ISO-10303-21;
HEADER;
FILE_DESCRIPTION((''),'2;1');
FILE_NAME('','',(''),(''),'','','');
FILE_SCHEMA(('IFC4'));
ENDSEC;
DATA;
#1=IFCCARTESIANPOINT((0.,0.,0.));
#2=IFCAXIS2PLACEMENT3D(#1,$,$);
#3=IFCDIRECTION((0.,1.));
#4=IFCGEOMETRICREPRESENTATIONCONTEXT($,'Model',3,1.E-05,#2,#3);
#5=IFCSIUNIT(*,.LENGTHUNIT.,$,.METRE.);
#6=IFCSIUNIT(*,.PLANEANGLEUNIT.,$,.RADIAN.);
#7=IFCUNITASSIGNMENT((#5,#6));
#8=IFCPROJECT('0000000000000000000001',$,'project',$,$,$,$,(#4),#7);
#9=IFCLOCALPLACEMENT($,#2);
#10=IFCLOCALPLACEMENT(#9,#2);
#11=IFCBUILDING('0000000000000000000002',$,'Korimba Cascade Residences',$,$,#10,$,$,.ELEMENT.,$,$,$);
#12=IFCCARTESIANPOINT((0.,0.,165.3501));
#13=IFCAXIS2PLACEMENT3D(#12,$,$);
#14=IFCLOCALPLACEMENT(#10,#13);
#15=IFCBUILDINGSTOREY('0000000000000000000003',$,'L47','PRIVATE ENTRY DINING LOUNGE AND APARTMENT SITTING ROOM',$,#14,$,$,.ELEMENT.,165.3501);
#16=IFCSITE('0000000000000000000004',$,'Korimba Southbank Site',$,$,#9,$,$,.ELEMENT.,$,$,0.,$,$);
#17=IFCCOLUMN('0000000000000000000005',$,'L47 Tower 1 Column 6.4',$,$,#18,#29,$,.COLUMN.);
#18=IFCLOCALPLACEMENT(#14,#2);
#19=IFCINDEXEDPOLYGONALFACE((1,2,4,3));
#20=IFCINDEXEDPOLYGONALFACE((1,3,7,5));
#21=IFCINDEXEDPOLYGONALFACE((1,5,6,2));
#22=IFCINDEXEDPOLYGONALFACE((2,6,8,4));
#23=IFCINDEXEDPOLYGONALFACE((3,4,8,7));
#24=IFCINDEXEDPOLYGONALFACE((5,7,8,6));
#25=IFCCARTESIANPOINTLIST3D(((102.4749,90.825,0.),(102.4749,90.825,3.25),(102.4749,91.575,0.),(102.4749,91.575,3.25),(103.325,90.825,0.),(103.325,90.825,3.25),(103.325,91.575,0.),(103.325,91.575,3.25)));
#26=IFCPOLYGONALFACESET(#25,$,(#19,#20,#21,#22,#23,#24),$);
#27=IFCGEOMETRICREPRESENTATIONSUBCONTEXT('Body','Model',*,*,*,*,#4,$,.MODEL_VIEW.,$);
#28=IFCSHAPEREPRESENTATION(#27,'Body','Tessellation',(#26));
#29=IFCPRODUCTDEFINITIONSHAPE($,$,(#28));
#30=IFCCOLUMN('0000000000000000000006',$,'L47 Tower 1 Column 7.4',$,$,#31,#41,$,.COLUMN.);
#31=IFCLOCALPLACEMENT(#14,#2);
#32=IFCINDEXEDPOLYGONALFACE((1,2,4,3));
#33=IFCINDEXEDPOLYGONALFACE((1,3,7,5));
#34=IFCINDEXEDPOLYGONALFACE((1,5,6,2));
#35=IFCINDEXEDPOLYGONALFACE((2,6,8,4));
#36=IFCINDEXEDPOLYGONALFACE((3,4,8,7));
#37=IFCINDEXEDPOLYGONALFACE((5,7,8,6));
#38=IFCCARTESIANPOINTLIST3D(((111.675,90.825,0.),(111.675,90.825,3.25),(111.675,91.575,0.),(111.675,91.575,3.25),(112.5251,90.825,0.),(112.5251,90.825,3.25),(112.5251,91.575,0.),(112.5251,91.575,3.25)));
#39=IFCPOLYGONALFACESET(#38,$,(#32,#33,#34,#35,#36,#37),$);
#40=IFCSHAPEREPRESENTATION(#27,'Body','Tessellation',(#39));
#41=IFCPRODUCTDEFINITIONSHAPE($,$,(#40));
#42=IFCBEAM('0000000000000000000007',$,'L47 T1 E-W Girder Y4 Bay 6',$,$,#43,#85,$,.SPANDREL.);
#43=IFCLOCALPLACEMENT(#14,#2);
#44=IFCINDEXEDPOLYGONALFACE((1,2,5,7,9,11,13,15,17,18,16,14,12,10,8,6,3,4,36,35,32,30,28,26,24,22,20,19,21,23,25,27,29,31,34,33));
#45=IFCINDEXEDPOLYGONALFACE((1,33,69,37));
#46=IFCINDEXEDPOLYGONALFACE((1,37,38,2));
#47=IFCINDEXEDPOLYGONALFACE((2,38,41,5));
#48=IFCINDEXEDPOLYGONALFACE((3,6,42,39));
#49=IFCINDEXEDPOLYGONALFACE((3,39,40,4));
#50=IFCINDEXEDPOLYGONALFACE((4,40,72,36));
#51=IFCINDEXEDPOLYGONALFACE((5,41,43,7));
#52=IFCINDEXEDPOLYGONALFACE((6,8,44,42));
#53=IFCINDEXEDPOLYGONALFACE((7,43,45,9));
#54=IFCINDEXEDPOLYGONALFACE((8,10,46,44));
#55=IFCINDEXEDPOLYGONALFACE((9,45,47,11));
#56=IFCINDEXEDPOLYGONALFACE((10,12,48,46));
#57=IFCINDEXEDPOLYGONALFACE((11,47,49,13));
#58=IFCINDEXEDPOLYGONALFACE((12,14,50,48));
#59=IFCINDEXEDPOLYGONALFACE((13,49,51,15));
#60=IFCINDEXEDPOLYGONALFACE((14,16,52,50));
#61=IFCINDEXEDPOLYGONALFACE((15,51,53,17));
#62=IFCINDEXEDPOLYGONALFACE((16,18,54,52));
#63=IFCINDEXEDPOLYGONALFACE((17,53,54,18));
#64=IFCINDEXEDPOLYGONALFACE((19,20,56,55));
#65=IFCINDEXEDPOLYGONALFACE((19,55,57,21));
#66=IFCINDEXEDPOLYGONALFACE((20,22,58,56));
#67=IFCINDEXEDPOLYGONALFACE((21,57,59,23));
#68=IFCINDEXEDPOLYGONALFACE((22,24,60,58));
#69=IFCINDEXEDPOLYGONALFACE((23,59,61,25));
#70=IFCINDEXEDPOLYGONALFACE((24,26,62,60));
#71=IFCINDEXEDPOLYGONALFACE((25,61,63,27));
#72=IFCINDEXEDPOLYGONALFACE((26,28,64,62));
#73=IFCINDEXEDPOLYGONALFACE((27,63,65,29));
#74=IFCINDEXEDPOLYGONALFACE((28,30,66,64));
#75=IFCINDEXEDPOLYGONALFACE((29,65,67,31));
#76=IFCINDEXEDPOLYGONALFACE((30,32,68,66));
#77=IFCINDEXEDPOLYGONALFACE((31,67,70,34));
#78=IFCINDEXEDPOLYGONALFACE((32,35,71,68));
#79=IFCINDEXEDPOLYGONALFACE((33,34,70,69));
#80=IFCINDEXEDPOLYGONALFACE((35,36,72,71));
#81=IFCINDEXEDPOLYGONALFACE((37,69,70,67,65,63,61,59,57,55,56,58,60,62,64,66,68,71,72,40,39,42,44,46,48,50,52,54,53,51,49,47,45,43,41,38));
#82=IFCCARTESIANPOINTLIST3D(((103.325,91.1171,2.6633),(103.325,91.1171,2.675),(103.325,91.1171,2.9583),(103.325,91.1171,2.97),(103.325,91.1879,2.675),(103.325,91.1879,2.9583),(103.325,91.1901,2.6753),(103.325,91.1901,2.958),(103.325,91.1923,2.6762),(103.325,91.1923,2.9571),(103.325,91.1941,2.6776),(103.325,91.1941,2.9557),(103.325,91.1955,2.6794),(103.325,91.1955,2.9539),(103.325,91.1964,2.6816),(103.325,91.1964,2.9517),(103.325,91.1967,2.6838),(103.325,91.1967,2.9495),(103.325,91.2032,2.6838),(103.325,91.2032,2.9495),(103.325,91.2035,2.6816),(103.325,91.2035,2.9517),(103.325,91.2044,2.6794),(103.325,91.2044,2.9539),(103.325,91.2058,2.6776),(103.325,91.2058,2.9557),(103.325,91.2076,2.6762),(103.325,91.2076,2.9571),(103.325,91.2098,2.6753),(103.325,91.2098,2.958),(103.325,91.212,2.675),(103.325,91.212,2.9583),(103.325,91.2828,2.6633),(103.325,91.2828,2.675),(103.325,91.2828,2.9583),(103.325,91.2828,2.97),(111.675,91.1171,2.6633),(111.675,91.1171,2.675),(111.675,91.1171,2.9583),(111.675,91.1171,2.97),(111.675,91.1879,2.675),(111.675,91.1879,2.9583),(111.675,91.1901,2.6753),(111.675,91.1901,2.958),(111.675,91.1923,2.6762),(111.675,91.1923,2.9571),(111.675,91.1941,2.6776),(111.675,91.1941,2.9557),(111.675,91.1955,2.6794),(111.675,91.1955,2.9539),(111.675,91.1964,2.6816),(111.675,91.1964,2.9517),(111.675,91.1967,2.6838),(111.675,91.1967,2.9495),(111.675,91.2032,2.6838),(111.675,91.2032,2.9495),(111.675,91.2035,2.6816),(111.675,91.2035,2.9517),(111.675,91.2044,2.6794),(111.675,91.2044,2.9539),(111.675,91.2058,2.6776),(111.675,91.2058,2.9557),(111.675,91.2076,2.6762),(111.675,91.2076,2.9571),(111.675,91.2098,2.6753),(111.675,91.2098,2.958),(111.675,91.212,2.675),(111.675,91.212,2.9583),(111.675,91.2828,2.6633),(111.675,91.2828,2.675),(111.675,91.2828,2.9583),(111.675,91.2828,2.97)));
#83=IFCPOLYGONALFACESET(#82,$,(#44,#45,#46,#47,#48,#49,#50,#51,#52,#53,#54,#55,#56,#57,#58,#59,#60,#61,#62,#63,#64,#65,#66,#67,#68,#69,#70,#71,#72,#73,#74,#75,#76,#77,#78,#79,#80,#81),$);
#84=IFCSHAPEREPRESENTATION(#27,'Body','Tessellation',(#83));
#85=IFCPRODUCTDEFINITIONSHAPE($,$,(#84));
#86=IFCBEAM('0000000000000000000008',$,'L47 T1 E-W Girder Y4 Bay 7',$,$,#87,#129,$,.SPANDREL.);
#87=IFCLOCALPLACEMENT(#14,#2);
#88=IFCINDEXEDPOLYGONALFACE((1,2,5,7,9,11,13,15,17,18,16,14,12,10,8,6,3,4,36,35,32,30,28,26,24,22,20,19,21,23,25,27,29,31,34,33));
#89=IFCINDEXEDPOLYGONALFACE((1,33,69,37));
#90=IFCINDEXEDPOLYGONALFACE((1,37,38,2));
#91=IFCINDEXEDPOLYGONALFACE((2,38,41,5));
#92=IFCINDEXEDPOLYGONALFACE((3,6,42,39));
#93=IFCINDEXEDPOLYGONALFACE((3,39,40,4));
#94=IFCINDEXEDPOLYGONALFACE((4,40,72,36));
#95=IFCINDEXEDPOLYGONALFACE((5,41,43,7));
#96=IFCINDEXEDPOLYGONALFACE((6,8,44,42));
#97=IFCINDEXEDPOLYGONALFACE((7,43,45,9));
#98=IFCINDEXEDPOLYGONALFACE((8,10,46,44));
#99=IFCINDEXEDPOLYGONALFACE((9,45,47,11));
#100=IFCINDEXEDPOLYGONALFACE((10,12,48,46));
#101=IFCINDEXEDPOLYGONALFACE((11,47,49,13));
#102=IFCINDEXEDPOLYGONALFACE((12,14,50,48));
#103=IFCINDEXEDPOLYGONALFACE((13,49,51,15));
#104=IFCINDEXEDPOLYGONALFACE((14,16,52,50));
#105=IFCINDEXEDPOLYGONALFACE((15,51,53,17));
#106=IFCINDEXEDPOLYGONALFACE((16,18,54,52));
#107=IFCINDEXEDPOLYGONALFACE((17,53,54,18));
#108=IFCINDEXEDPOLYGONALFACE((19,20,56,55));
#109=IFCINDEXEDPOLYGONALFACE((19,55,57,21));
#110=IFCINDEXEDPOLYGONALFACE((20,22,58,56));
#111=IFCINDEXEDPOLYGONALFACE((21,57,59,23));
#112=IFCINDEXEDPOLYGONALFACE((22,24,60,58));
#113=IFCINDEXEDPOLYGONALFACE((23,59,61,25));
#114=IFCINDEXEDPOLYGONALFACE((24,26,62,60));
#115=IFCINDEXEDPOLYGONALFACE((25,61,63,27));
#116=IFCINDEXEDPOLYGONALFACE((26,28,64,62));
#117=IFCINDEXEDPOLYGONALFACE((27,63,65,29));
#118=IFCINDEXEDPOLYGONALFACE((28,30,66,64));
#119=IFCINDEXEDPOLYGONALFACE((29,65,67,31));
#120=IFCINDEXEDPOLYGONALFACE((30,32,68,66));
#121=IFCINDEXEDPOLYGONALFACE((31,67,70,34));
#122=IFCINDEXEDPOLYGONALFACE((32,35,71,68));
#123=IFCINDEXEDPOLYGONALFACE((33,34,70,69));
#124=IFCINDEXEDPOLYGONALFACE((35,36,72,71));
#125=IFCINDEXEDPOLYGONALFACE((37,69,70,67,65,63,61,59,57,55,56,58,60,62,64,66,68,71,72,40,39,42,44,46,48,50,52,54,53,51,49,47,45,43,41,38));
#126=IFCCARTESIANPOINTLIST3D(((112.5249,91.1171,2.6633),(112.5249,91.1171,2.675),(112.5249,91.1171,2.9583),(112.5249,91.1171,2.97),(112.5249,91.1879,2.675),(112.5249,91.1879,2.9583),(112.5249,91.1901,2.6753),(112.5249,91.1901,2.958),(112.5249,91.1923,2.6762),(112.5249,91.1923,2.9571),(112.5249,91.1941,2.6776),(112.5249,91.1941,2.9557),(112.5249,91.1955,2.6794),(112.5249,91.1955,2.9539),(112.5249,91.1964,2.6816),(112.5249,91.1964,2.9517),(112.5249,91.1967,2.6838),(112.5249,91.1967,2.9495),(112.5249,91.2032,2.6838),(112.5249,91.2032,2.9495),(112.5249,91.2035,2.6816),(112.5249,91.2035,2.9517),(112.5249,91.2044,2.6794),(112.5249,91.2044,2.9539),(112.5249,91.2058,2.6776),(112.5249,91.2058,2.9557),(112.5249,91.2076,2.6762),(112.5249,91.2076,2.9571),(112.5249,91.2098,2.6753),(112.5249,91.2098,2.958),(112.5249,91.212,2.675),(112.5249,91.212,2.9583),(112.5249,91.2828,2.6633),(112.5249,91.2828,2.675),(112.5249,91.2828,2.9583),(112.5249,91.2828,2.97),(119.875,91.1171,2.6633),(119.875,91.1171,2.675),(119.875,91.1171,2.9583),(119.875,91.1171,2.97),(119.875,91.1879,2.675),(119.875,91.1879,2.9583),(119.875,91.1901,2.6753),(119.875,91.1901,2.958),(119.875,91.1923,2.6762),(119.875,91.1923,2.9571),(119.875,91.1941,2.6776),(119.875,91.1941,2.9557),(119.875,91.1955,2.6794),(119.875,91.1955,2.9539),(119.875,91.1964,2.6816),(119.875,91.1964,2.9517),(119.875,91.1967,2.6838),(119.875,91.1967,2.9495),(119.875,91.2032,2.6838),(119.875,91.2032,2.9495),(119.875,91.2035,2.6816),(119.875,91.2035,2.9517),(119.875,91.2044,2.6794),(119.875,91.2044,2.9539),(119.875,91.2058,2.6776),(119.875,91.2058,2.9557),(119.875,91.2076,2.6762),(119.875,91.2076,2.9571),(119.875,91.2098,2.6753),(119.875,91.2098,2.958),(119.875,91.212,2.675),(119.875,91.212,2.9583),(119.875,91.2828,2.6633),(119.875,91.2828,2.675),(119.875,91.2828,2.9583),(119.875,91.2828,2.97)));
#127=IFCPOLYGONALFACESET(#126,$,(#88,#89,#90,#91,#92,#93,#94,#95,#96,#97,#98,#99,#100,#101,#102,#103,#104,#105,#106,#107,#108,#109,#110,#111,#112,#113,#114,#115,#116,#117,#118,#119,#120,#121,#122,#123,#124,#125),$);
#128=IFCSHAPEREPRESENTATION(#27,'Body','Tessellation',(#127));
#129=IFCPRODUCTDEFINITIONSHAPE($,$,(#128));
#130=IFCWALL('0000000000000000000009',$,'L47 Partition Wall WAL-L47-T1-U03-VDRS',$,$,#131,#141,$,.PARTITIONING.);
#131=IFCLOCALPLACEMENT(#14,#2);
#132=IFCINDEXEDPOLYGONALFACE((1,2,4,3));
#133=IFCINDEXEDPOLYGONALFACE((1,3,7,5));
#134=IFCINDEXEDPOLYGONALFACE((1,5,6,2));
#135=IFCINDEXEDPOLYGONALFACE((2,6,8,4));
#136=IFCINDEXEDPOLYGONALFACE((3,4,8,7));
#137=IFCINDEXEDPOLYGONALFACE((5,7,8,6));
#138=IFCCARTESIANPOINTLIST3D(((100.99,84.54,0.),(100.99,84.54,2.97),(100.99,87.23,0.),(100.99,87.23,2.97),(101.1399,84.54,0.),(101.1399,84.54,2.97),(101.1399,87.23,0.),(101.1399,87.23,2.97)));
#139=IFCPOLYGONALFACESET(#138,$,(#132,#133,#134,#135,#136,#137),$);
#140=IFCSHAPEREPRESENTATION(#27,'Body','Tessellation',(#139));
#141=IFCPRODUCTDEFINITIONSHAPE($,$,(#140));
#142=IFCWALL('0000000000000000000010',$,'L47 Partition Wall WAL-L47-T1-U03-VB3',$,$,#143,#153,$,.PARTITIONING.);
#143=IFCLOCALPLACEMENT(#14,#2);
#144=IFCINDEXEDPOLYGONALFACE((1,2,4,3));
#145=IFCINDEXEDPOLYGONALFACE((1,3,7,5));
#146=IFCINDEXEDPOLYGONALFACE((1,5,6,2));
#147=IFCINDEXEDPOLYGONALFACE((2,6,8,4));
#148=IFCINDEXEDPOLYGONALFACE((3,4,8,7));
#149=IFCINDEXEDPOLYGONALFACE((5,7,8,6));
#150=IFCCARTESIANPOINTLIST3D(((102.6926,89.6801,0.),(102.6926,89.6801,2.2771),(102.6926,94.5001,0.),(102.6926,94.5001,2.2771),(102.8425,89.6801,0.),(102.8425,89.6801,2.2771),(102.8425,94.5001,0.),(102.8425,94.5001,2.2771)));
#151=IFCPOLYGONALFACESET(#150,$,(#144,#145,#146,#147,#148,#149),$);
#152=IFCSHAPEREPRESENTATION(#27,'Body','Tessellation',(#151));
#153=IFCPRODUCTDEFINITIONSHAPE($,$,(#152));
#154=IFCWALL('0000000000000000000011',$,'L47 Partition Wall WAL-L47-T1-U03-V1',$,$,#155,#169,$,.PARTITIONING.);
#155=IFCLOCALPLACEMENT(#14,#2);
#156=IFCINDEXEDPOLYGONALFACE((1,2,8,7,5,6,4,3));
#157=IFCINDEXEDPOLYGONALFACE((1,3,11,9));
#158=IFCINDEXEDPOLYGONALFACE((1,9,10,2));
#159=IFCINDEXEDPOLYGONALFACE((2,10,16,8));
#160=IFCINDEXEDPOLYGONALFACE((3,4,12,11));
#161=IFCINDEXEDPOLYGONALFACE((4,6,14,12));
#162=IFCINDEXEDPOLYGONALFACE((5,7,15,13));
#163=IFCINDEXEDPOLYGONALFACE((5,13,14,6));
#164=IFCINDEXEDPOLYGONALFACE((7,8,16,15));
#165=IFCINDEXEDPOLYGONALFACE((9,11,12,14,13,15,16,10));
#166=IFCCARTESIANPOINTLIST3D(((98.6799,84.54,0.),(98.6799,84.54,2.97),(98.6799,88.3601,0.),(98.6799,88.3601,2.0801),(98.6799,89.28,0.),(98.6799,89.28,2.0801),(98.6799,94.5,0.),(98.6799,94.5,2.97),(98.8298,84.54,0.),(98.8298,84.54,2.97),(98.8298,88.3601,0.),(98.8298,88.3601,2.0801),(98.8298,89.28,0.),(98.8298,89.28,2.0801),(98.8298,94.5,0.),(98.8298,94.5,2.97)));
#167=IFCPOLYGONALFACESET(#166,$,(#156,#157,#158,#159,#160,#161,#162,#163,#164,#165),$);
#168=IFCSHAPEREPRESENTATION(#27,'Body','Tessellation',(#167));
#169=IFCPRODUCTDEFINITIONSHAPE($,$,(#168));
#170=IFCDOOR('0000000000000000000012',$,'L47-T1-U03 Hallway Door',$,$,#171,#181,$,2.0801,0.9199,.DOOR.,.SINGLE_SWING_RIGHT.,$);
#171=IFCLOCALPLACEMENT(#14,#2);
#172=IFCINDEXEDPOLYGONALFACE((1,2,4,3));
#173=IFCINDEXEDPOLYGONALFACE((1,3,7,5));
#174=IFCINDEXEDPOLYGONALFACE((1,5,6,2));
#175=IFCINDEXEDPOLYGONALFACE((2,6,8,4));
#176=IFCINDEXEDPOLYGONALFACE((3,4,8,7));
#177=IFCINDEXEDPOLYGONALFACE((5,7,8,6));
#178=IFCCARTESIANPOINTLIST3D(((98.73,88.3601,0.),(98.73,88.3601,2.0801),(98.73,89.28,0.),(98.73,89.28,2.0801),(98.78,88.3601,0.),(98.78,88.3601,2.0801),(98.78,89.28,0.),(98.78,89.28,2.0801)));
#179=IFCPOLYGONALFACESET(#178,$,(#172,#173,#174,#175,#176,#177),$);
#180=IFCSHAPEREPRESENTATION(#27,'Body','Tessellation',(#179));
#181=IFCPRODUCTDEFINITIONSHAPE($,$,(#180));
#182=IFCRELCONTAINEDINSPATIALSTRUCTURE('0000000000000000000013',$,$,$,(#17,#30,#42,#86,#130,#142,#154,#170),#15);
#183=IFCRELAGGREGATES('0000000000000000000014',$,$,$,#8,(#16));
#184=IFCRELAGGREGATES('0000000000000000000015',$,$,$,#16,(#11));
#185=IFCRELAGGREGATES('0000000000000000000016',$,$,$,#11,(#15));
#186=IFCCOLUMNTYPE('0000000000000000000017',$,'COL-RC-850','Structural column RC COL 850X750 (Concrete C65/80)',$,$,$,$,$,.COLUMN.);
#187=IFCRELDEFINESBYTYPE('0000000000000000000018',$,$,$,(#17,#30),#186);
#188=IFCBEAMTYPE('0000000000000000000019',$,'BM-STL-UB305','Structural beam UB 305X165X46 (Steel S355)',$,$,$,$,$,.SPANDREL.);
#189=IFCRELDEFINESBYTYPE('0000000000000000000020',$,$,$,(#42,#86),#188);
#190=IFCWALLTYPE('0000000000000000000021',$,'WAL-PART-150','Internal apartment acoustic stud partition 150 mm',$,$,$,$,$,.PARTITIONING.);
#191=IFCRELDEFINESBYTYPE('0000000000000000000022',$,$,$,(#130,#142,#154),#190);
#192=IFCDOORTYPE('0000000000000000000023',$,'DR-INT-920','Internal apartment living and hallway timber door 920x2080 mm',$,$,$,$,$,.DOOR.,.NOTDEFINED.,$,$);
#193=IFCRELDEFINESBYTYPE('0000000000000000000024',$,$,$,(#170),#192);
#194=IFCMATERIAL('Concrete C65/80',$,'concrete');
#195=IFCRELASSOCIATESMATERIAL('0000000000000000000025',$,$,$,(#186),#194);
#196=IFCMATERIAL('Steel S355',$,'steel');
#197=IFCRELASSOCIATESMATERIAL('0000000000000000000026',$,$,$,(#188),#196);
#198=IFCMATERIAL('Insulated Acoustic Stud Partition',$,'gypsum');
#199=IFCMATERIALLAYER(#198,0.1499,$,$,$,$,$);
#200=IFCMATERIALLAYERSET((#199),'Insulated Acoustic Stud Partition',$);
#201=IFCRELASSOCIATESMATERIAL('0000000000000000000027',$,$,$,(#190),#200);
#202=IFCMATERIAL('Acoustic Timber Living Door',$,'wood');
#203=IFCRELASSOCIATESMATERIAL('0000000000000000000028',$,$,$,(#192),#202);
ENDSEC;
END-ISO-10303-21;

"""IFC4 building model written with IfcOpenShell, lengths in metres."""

from ifc_helpers import new_model, si_unit, direction, frame, frame_2d, origin, origin_2d, place, context, subcontext, project, spatial, rectangle, i_section, extrude, material, layer, layer_set, material_profile, profile_set, type_object, element, fill, save


model = new_model("IFC4")

# Units and contexts
model_context = context("Model", 3, precision=1e-05, world=origin(), true_north=direction((0.0, 1.0)))
body_context = subcontext(model_context, "Body", "Model", "MODEL_VIEW")
ifc_project = project(units=[si_unit("LENGTHUNIT", "METRE"), si_unit("PLANEANGLEUNIT", "RADIAN")], contexts=[model_context])

# Site, building, storey
site_placement = place(None, origin())
site = spatial("IfcSite", under=ifc_project, at=site_placement, Name="Korimba Southbank Site", CompositionType="ELEMENT", RefElevation=0.0)
building_placement = place(site_placement, origin())
building = spatial("IfcBuilding", under=site, at=building_placement, Name="Korimba Cascade Residences", CompositionType="ELEMENT")
storey_placement = place(building_placement, frame((0.0, 0.0, 165.3501)))
storey = spatial("IfcBuildingStorey", under=building, at=storey_placement, Name="L47", Description="PRIVATE ENTRY DINING LOUNGE AND APARTMENT SITTING ROOM", CompositionType="ELEMENT", Elevation=165.3501)

# Columns
ifc_material_1 = material(Name="Concrete C65/80", Category="concrete")
ifc_material_profile_1 = material_profile(ifc_material_1, rectangle(XDim=0.8501, YDim=0.75, at=origin_2d()), Name="Concrete C65/80")
ifc_profile_set_1 = profile_set([ifc_material_profile_1], Name="Concrete C65/80")
column_type = type_object("IfcColumnType", Name="COL-RC-850", Description="Structural column RC COL 850X750 (Concrete C65/80)", PredefinedType="COLUMN", material=ifc_profile_set_1)
for number, where, z_axis, x_axis, name in (
    (1, (102.8999, 91.2, 0.0), (0.0, 0.0, 1.0), (1.0, 0.0, 0.0), "L47 Tower 1 Column 6.4"),
    (2, (112.1001, 91.2, 0.0), (0.0, 0.0, 1.0), (1.0, 0.0, 0.0), "L47 Tower 1 Column 7.4"),
):
    element("IfcColumn", number, at=place(storey_placement, frame(where, z_axis=z_axis, x_axis=x_axis)), inside=storey, type_object=column_type, Name=name, PredefinedType="COLUMN", context=body_context, shape_type="SweptSolid", body=[
        extrude(rectangle(XDim=0.8501, YDim=0.75, at=origin_2d()), origin(), (0.0, 0.0, 1.0), 3.25),
    ])

# Beams
ifc_material_2 = material(Name="Steel S355", Category="steel")
ifc_material_profile_2 = material_profile(ifc_material_2, i_section(OverallWidth=0.1658, OverallDepth=0.3066, WebThickness=0.0066, FlangeThickness=0.0117, FilletRadius=0.0088, at=origin_2d()), Name="Steel S355")
ifc_profile_set_2 = profile_set([ifc_material_profile_2], Name="Steel S355")
beam_type = type_object("IfcBeamType", Name="BM-STL-UB305", Description="Structural beam UB 305X165X46 (Steel S355)", PredefinedType="SPANDREL", material=ifc_profile_set_2)
beam_1_placement = place(storey_placement, frame((103.325, 91.2, 2.8167), z_axis=(1.0, 0.0, 0.0), x_axis=(0.0, 1.0, 0.0)))
element("IfcBeam", 3, at=beam_1_placement, inside=storey, type_object=beam_type, Name="L47 T1 E-W Girder Y4 Bay 6", PredefinedType="SPANDREL", context=body_context, shape_type="SweptSolid", body=[
    extrude(i_section(OverallWidth=0.1658, OverallDepth=0.3066, WebThickness=0.0066, FlangeThickness=0.0117, FilletRadius=0.0088, at=origin_2d()), origin(), (0.0, 0.0, 1.0), 8.3501),
])
beam_2_placement = place(storey_placement, frame((112.5249, 91.2, 2.8167), z_axis=(1.0, 0.0, 0.0), x_axis=(0.0, 1.0, 0.0)))
element("IfcBeam", 4, at=beam_2_placement, inside=storey, type_object=beam_type, Name="L47 T1 E-W Girder Y4 Bay 7", PredefinedType="SPANDREL", context=body_context, shape_type="SweptSolid", body=[
    extrude(i_section(OverallWidth=0.1658, OverallDepth=0.3066, WebThickness=0.0066, FlangeThickness=0.0117, FilletRadius=0.0088, at=origin_2d()), origin(), (0.0, 0.0, 1.0), 7.3501),
])

# Walls
ifc_material_3 = material(Name="Insulated Acoustic Stud Partition", Category="gypsum")
ifc_layer = layer(ifc_material_3, 0.1499)
ifc_layer_set = layer_set([ifc_layer], Name="Insulated Acoustic Stud Partition")
wall_type = type_object("IfcWallType", Name="WAL-PART-150", Description="Internal apartment acoustic stud partition 150 mm", PredefinedType="PARTITIONING", material=ifc_layer_set)
wall_1_placement = place(storey_placement, frame((101.0649, 84.54, 0.0), z_axis=(0.0, 0.0, 1.0), x_axis=(0.0, 1.0, 0.0)))
element("IfcWall", 5, at=wall_1_placement, inside=storey, type_object=wall_type, Name="L47 Partition Wall WAL-L47-T1-U03-VDRS", PredefinedType="PARTITIONING", context=body_context, shape_type="SweptSolid", body=[
    extrude(rectangle(XDim=2.6899, YDim=0.1499, at=frame_2d((1.345, 0.0))), origin(), (0.0, 0.0, 1.0), 2.97),
])
wall_2_placement = place(storey_placement, frame((102.7676, 89.6799, 0.0), z_axis=(0.0, 0.0, 1.0), x_axis=(0.0, 1.0, 0.0)))
element("IfcWall", 6, at=wall_2_placement, inside=storey, type_object=wall_type, Name="L47 Partition Wall WAL-L47-T1-U03-VB3", PredefinedType="PARTITIONING", context=body_context, shape_type="SweptSolid", body=[
    extrude(rectangle(XDim=4.8201, YDim=0.1499, at=frame_2d((2.4102, 0.0))), origin(), (0.0, 0.0, 1.0), 2.2771),
])

# Wall, opening, door
wall_3_placement = place(storey_placement, frame((98.7549, 84.54, 0.0), z_axis=(0.0, 0.0, 1.0), x_axis=(0.0, 1.0, 0.0)))
wall_3 = element("IfcWall", 7, at=wall_3_placement, inside=storey, type_object=wall_type, Name="L47 Partition Wall WAL-L47-T1-U03-V1", PredefinedType="PARTITIONING", context=body_context, shape_type="SweptSolid", body=[
    extrude(rectangle(XDim=9.96, YDim=0.1499, at=frame_2d((4.98, 0.0))), origin(), (0.0, 0.0, 1.0), 2.97),
])
opening_1_placement = place(wall_3_placement, frame((3.8201, 0.0, 0.0)))
opening_1 = element("IfcOpeningElement", 8, at=opening_1_placement, cuts=wall_3, PredefinedType="OPENING", context=body_context, shape_type="SweptSolid", body=[
    extrude(rectangle(XDim=0.9199, YDim=2.0801, at=frame_2d((0.46, 1.04))), frame((0.0, 0.085, 0.0), z_axis=(0.0, -1.0, 0.0), x_axis=(1.0, 0.0, 0.0)), (0.0, 0.0, 1.0), 0.1699),
])
ifc_material_4 = material(Name="Acoustic Timber Living Door", Category="wood")
door_type_1 = type_object("IfcDoorType", Name="DR-INT-920", Description="Internal apartment living and hallway timber door 920x2080 mm", OperationType="NOTDEFINED", PredefinedType="DOOR", material=ifc_material_4)
door_1_placement = place(opening_1_placement, origin())
door_1 = element("IfcDoor", 9, at=door_1_placement, inside=storey, type_object=door_type_1, Name="L47-T1-U03 Hallway Door", OperationType="SINGLE_SWING_RIGHT", OverallHeight=2.0801, OverallWidth=0.9199, PredefinedType="DOOR", context=body_context, shape_type="SweptSolid", body=[
    extrude(rectangle(XDim=0.9199, YDim=2.0801, at=frame_2d((0.46, 1.04))), frame((0.0, 0.0249, 0.0), z_axis=(0.0, -1.0, 0.0), x_axis=(1.0, 0.0, 0.0)), (0.0, 0.0, 1.0), 0.05),
])
fill(opening_1, door_1)

save(model, "model.ifc")
